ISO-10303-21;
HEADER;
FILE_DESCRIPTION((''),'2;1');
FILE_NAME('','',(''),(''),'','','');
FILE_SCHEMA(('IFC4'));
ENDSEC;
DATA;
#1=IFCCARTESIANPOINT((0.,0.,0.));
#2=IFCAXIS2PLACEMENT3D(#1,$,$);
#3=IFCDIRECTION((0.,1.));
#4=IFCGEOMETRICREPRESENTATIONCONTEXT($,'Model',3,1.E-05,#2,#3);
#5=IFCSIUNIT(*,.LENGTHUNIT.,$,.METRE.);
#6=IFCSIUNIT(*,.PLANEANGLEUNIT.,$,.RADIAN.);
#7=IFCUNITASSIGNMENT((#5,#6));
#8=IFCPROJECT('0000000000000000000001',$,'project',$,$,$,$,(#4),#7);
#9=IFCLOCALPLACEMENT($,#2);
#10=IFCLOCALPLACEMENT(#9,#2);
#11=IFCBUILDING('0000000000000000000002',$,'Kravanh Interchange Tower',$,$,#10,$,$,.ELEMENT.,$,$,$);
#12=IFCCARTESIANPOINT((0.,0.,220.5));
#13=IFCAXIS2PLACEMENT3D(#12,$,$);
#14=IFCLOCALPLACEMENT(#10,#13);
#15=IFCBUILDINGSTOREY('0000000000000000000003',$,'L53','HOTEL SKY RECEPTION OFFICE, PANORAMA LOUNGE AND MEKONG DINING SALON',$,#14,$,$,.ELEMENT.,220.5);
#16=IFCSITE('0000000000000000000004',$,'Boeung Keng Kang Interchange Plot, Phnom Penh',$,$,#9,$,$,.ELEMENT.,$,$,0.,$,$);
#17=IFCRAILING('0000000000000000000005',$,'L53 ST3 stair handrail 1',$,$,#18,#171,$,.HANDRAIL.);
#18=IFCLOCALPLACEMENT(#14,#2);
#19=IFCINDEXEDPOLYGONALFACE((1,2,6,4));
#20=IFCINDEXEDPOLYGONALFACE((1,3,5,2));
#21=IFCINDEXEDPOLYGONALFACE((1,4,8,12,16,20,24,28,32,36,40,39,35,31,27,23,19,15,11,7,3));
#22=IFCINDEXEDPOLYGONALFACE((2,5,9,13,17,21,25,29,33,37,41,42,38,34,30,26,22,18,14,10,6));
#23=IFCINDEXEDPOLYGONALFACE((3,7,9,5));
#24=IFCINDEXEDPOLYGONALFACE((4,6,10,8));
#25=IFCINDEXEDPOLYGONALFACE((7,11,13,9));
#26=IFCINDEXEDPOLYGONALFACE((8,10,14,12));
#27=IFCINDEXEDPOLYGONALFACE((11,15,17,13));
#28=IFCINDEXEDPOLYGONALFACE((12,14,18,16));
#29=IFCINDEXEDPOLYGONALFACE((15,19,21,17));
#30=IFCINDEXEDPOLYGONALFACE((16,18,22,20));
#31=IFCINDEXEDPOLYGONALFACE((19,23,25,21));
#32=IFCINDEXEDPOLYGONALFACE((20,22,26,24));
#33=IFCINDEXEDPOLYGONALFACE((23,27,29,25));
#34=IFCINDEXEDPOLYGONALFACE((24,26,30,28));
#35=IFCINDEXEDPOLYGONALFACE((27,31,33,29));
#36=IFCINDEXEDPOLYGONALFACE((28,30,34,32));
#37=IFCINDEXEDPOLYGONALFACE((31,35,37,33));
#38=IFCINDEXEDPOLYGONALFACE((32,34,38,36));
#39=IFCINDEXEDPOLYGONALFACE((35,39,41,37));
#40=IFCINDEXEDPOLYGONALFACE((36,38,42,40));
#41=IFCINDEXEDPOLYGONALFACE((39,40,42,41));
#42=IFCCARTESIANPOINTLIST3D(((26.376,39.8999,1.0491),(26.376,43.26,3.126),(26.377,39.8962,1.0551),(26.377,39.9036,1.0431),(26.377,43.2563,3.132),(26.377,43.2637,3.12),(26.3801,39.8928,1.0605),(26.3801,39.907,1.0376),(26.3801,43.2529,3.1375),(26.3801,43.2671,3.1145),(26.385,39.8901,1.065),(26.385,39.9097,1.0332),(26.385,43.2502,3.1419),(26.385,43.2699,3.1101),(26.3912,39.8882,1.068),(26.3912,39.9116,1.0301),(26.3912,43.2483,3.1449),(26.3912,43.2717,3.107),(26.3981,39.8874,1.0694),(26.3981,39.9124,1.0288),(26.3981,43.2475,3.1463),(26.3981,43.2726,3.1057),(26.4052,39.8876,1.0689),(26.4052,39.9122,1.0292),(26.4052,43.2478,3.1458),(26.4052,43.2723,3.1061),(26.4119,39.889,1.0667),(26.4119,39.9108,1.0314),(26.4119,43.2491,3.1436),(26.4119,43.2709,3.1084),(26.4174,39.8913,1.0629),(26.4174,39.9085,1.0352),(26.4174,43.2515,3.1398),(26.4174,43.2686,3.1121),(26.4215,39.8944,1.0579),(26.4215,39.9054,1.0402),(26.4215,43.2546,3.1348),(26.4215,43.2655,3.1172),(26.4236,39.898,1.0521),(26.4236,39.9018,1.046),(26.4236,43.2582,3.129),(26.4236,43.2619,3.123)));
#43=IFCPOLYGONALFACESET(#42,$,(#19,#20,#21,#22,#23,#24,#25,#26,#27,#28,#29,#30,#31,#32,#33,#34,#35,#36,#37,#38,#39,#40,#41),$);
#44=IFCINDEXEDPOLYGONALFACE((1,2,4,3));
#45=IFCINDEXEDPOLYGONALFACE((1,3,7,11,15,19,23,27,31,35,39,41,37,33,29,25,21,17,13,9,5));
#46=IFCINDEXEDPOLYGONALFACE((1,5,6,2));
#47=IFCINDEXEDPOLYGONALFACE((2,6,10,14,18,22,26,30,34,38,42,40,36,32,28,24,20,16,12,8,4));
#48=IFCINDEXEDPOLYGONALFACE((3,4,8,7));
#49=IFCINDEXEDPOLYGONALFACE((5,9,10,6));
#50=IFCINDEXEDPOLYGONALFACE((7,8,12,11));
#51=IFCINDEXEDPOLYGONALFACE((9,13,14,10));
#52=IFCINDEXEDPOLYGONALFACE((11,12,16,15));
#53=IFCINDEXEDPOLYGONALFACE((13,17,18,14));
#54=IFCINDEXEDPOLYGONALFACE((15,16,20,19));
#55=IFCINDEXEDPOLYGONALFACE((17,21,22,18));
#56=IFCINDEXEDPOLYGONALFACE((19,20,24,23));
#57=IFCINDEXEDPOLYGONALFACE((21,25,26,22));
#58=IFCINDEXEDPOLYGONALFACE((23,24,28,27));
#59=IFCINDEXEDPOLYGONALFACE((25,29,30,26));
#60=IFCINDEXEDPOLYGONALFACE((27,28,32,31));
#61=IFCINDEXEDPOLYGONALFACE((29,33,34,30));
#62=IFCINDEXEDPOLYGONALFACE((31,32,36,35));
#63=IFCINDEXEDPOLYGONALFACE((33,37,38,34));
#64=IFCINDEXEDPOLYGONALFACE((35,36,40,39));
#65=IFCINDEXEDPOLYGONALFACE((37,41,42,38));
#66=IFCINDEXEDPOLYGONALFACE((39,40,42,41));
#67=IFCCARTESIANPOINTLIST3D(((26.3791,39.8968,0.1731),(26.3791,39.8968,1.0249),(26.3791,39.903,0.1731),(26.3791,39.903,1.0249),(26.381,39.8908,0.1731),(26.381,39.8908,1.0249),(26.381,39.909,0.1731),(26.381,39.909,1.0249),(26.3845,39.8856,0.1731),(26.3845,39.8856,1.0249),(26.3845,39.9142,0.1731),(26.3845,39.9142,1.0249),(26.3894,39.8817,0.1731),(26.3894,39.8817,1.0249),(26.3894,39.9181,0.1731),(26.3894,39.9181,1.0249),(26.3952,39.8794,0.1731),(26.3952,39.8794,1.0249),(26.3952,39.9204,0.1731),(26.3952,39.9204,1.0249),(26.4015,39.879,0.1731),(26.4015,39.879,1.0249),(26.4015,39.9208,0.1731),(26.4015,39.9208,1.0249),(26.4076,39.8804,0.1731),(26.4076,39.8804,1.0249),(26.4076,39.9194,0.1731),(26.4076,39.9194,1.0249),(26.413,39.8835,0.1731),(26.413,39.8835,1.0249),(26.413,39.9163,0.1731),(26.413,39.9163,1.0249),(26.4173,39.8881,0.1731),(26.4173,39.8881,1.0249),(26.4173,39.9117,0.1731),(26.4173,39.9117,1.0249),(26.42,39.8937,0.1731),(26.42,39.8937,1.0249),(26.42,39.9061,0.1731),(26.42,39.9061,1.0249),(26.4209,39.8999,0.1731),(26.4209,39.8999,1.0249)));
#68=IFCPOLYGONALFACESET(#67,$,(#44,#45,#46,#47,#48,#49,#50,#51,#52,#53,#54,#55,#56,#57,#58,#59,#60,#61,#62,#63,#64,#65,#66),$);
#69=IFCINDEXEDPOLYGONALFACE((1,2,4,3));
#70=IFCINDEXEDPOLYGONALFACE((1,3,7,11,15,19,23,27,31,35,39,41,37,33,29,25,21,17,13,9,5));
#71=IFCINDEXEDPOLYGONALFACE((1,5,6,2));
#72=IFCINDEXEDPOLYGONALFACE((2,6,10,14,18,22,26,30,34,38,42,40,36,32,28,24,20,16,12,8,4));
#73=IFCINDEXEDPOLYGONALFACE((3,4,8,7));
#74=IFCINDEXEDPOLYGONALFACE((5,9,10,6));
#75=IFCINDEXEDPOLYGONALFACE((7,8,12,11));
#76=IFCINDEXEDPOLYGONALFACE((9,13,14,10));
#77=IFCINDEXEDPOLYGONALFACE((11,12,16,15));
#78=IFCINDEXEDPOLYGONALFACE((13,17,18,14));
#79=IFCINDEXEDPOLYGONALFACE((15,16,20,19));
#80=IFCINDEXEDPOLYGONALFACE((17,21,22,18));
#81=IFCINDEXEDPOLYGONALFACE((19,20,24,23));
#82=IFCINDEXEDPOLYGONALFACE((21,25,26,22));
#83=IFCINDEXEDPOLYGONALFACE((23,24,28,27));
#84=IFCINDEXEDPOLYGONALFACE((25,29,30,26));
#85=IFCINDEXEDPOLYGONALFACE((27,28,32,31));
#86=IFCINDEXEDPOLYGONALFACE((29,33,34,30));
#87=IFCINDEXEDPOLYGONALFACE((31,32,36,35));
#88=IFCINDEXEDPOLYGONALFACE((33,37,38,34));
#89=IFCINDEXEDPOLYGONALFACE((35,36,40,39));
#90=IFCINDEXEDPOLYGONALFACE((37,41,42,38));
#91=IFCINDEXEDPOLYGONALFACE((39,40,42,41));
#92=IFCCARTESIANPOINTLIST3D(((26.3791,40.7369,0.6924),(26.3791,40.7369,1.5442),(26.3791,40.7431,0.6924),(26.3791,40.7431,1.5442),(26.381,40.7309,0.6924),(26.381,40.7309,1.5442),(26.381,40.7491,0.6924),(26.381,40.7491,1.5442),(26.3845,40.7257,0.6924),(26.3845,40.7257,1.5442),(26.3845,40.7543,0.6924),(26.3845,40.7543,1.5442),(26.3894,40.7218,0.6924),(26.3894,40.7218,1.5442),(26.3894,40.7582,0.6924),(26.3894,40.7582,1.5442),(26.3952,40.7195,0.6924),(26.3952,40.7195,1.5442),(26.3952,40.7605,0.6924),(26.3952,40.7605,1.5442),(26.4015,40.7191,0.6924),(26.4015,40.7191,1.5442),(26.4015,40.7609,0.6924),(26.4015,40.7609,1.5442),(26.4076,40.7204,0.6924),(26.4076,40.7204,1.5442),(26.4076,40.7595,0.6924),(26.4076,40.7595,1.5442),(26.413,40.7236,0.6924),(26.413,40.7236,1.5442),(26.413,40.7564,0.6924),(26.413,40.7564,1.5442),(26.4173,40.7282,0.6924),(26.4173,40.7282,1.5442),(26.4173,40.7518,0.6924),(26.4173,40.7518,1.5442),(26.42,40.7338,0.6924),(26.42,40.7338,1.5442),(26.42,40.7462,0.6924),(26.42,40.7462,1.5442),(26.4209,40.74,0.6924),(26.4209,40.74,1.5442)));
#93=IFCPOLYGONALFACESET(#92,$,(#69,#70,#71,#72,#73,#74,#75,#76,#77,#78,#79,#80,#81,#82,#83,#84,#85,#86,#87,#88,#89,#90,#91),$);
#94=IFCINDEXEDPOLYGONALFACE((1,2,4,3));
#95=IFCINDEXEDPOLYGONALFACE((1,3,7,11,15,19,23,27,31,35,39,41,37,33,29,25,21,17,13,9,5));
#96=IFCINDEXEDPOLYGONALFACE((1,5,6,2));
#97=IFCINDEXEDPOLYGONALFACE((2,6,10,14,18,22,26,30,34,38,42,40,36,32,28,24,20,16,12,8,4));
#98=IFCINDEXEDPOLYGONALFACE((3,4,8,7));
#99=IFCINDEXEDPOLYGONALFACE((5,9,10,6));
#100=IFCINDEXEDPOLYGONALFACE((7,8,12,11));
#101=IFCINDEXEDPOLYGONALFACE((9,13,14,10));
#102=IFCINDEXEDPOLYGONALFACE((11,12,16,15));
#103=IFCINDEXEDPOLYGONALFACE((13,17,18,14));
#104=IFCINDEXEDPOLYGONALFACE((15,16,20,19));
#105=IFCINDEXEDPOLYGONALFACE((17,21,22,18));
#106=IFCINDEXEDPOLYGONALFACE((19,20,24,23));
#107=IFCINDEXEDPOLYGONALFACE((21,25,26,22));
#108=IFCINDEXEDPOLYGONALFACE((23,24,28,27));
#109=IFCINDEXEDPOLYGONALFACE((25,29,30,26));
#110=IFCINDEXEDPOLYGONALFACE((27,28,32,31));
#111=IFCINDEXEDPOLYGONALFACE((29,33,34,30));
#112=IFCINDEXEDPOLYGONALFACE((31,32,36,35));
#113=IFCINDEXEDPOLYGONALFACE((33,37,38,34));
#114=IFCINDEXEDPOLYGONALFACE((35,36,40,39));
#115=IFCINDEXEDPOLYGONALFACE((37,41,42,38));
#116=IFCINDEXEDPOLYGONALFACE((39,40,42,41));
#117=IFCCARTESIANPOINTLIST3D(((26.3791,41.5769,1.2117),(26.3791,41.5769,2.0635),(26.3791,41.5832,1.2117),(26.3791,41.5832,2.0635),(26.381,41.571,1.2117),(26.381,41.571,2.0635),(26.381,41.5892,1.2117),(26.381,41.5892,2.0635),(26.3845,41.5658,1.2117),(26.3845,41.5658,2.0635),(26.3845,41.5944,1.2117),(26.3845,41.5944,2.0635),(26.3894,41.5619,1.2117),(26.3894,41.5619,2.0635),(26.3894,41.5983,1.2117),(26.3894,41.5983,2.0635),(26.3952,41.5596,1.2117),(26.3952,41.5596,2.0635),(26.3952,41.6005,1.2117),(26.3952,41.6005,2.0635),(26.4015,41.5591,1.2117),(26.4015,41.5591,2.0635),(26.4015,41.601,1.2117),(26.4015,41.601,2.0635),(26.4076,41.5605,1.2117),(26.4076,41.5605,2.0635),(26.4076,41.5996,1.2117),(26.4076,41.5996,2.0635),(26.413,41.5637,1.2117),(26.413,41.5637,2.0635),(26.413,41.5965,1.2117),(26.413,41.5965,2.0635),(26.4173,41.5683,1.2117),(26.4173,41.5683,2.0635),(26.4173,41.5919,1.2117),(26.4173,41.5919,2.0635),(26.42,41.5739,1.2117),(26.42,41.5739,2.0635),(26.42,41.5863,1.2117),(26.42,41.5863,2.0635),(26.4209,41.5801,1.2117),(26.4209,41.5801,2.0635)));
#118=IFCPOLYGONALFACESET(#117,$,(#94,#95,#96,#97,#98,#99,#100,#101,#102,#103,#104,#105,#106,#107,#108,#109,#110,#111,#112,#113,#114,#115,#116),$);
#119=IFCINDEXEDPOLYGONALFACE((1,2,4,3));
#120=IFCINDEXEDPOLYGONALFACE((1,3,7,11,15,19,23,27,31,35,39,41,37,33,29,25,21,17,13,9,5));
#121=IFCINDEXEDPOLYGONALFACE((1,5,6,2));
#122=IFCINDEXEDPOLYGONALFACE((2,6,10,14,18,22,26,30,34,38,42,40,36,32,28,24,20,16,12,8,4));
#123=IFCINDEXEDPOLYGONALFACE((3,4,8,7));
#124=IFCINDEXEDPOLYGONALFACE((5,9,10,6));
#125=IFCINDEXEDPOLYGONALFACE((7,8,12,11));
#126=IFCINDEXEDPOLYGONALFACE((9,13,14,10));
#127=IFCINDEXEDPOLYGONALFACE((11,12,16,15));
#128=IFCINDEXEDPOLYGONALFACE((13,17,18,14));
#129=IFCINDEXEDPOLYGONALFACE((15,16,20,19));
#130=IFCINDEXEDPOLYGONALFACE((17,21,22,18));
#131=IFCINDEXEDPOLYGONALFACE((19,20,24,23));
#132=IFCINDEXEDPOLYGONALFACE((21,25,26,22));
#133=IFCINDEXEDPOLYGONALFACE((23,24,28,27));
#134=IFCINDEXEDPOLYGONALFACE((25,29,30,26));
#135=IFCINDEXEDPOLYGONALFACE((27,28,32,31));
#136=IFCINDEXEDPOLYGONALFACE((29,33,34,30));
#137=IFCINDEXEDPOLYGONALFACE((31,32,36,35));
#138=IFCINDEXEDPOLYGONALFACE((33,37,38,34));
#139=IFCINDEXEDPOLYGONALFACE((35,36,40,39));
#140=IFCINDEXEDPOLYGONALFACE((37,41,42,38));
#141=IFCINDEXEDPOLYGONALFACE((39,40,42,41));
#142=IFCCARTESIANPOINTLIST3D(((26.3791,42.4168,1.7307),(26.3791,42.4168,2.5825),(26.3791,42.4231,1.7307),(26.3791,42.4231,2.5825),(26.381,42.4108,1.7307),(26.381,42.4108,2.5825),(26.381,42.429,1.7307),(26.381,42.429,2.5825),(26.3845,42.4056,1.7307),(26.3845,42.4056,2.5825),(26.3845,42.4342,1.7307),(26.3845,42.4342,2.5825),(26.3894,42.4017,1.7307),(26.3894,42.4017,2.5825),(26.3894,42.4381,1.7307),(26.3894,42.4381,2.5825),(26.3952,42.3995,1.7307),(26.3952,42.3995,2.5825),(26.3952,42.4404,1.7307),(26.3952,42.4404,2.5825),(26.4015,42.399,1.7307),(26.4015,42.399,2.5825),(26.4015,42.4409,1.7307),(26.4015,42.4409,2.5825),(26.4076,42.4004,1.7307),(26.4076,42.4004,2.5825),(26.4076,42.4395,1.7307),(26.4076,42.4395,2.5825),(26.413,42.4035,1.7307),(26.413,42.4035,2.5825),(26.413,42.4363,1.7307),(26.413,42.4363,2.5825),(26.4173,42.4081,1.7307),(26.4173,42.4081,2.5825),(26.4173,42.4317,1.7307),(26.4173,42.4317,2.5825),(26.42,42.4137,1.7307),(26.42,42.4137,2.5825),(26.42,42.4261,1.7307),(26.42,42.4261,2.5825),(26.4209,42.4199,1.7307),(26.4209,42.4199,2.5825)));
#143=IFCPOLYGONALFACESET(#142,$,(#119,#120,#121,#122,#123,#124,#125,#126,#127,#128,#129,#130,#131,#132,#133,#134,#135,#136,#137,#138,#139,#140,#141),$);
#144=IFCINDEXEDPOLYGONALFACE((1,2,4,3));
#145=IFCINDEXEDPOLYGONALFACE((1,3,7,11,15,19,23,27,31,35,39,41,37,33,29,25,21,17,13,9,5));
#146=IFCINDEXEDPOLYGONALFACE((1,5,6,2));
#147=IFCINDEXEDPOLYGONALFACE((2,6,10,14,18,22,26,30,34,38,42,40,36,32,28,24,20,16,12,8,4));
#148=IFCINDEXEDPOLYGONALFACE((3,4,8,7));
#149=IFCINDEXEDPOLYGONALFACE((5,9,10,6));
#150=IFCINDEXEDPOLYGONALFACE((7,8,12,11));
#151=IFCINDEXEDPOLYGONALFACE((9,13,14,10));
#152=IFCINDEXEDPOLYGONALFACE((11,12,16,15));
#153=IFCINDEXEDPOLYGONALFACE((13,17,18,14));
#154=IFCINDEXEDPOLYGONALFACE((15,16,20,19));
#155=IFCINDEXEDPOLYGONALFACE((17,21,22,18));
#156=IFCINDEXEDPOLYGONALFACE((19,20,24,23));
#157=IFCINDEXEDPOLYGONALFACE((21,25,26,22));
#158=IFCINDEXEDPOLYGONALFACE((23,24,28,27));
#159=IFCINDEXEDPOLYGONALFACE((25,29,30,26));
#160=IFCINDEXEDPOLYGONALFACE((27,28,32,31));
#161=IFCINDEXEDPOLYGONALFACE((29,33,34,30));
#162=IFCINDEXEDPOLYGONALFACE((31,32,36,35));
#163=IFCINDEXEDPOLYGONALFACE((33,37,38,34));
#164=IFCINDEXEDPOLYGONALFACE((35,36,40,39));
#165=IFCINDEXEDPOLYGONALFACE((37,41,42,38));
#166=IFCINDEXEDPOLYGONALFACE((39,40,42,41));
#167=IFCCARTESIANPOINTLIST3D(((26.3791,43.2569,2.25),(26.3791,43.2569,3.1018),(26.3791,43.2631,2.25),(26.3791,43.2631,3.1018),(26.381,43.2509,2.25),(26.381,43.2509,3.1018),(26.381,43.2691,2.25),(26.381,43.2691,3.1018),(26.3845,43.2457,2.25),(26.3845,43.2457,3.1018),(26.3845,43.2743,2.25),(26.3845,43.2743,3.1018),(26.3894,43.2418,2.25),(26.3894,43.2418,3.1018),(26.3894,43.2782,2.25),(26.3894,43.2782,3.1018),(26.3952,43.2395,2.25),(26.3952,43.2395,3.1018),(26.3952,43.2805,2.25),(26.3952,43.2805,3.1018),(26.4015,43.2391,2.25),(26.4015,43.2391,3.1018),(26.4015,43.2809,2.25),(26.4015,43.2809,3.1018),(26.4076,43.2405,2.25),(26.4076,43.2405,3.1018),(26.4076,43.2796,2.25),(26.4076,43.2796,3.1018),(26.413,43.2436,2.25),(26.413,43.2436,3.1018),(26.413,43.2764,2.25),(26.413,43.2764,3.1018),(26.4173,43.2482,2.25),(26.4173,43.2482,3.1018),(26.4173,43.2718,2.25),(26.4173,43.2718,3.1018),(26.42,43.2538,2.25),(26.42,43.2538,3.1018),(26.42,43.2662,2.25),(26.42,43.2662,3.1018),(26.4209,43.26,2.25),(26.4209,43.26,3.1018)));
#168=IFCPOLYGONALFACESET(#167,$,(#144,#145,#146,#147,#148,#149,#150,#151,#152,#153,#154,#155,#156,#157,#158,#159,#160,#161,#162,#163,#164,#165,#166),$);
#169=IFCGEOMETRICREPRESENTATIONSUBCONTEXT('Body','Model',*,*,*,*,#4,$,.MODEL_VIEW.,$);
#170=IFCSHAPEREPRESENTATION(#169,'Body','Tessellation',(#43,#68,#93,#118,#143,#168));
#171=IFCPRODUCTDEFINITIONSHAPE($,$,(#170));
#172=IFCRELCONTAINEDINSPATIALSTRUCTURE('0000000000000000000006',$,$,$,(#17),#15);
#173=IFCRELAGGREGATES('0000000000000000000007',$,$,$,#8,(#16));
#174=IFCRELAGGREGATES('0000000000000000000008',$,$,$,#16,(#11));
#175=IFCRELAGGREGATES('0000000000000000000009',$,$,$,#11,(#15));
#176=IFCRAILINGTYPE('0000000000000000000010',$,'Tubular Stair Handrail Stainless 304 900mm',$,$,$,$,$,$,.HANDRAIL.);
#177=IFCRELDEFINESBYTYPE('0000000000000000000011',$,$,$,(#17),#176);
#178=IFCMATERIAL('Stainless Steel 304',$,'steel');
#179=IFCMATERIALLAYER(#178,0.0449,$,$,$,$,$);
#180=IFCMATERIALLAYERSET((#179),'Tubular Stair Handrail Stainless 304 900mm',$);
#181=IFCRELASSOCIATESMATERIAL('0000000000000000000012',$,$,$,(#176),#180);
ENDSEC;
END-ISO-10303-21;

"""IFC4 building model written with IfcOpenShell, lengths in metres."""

from ifc_helpers import new_model, si_unit, direction, frame, origin, origin_2d, place, context, subcontext, project, spatial, circle, extrude, material, layer, layer_set, type_object, element, save


model = new_model("IFC4")

# Units and contexts
model_context = context("Model", 3, precision=1e-05, world=origin(), true_north=direction((0.0, 1.0)))
body_context = subcontext(model_context, "Body", "Model", "MODEL_VIEW")
ifc_project = project(units=[si_unit("LENGTHUNIT", "METRE"), si_unit("PLANEANGLEUNIT", "RADIAN")], contexts=[model_context])

# Site, building, storey
site_placement = place(None, origin())
site = spatial("IfcSite", under=ifc_project, at=site_placement, Name="Boeung Keng Kang Interchange Plot, Phnom Penh", CompositionType="ELEMENT", RefElevation=0.0)
building_placement = place(site_placement, origin())
building = spatial("IfcBuilding", under=site, at=building_placement, Name="Kravanh Interchange Tower", CompositionType="ELEMENT")
storey_placement = place(building_placement, frame((0.0, 0.0, 220.5)))
storey = spatial("IfcBuildingStorey", under=building, at=storey_placement, Name="L53", Description="HOTEL SKY RECEPTION OFFICE, PANORAMA LOUNGE AND MEKONG DINING SALON", CompositionType="ELEMENT", Elevation=220.5)

# Railing
ifc_material_1 = material(Name="Stainless Steel 304", Category="steel")
ifc_layer_1 = layer(ifc_material_1, 0.0449)
ifc_layer_set_1 = layer_set([ifc_layer_1], Name="Tubular Stair Handrail Stainless 304 900mm")
railing_type_1 = type_object("IfcRailingType", Name="Tubular Stair Handrail Stainless 304 900mm", PredefinedType="HANDRAIL", material=ifc_layer_set_1)
railing_1_placement = place(storey_placement, frame((26.3999, 39.8999, 0.1731)))
element("IfcRailing", 1, at=railing_1_placement, inside=storey, type_object=railing_type_1, Name="L53 ST3 stair handrail 1", PredefinedType="HANDRAIL", context=body_context, shape_type="SweptSolid", body=[
    extrude(circle(Radius=0.0239, at=origin_2d()), frame((0.0, 0.0, 0.876), z_axis=(0.0, 0.850623, 0.525776), x_axis=(-1.0, 0.0, 0.0)), (0.0, 0.0, 1.0), 3.9502),
    extrude(circle(Radius=0.021, at=origin_2d()), origin(), (0.0, 0.0, 1.0), 0.8518),
    extrude(circle(Radius=0.021, at=origin_2d()), frame((0.0, 0.8401, 0.5193)), (0.0, 0.0, 1.0), 0.8518),
    extrude(circle(Radius=0.021, at=origin_2d()), frame((0.0, 1.6802, 1.0386)), (0.0, 0.0, 1.0), 0.8518),
    extrude(circle(Radius=0.021, at=origin_2d()), frame((0.0, 2.52, 1.5576)), (0.0, 0.0, 1.0), 0.8518),
    extrude(circle(Radius=0.021, at=origin_2d()), frame((0.0, 3.3601, 2.0769)), (0.0, 0.0, 1.0), 0.8518),
])

save(model, "model.ifc")
